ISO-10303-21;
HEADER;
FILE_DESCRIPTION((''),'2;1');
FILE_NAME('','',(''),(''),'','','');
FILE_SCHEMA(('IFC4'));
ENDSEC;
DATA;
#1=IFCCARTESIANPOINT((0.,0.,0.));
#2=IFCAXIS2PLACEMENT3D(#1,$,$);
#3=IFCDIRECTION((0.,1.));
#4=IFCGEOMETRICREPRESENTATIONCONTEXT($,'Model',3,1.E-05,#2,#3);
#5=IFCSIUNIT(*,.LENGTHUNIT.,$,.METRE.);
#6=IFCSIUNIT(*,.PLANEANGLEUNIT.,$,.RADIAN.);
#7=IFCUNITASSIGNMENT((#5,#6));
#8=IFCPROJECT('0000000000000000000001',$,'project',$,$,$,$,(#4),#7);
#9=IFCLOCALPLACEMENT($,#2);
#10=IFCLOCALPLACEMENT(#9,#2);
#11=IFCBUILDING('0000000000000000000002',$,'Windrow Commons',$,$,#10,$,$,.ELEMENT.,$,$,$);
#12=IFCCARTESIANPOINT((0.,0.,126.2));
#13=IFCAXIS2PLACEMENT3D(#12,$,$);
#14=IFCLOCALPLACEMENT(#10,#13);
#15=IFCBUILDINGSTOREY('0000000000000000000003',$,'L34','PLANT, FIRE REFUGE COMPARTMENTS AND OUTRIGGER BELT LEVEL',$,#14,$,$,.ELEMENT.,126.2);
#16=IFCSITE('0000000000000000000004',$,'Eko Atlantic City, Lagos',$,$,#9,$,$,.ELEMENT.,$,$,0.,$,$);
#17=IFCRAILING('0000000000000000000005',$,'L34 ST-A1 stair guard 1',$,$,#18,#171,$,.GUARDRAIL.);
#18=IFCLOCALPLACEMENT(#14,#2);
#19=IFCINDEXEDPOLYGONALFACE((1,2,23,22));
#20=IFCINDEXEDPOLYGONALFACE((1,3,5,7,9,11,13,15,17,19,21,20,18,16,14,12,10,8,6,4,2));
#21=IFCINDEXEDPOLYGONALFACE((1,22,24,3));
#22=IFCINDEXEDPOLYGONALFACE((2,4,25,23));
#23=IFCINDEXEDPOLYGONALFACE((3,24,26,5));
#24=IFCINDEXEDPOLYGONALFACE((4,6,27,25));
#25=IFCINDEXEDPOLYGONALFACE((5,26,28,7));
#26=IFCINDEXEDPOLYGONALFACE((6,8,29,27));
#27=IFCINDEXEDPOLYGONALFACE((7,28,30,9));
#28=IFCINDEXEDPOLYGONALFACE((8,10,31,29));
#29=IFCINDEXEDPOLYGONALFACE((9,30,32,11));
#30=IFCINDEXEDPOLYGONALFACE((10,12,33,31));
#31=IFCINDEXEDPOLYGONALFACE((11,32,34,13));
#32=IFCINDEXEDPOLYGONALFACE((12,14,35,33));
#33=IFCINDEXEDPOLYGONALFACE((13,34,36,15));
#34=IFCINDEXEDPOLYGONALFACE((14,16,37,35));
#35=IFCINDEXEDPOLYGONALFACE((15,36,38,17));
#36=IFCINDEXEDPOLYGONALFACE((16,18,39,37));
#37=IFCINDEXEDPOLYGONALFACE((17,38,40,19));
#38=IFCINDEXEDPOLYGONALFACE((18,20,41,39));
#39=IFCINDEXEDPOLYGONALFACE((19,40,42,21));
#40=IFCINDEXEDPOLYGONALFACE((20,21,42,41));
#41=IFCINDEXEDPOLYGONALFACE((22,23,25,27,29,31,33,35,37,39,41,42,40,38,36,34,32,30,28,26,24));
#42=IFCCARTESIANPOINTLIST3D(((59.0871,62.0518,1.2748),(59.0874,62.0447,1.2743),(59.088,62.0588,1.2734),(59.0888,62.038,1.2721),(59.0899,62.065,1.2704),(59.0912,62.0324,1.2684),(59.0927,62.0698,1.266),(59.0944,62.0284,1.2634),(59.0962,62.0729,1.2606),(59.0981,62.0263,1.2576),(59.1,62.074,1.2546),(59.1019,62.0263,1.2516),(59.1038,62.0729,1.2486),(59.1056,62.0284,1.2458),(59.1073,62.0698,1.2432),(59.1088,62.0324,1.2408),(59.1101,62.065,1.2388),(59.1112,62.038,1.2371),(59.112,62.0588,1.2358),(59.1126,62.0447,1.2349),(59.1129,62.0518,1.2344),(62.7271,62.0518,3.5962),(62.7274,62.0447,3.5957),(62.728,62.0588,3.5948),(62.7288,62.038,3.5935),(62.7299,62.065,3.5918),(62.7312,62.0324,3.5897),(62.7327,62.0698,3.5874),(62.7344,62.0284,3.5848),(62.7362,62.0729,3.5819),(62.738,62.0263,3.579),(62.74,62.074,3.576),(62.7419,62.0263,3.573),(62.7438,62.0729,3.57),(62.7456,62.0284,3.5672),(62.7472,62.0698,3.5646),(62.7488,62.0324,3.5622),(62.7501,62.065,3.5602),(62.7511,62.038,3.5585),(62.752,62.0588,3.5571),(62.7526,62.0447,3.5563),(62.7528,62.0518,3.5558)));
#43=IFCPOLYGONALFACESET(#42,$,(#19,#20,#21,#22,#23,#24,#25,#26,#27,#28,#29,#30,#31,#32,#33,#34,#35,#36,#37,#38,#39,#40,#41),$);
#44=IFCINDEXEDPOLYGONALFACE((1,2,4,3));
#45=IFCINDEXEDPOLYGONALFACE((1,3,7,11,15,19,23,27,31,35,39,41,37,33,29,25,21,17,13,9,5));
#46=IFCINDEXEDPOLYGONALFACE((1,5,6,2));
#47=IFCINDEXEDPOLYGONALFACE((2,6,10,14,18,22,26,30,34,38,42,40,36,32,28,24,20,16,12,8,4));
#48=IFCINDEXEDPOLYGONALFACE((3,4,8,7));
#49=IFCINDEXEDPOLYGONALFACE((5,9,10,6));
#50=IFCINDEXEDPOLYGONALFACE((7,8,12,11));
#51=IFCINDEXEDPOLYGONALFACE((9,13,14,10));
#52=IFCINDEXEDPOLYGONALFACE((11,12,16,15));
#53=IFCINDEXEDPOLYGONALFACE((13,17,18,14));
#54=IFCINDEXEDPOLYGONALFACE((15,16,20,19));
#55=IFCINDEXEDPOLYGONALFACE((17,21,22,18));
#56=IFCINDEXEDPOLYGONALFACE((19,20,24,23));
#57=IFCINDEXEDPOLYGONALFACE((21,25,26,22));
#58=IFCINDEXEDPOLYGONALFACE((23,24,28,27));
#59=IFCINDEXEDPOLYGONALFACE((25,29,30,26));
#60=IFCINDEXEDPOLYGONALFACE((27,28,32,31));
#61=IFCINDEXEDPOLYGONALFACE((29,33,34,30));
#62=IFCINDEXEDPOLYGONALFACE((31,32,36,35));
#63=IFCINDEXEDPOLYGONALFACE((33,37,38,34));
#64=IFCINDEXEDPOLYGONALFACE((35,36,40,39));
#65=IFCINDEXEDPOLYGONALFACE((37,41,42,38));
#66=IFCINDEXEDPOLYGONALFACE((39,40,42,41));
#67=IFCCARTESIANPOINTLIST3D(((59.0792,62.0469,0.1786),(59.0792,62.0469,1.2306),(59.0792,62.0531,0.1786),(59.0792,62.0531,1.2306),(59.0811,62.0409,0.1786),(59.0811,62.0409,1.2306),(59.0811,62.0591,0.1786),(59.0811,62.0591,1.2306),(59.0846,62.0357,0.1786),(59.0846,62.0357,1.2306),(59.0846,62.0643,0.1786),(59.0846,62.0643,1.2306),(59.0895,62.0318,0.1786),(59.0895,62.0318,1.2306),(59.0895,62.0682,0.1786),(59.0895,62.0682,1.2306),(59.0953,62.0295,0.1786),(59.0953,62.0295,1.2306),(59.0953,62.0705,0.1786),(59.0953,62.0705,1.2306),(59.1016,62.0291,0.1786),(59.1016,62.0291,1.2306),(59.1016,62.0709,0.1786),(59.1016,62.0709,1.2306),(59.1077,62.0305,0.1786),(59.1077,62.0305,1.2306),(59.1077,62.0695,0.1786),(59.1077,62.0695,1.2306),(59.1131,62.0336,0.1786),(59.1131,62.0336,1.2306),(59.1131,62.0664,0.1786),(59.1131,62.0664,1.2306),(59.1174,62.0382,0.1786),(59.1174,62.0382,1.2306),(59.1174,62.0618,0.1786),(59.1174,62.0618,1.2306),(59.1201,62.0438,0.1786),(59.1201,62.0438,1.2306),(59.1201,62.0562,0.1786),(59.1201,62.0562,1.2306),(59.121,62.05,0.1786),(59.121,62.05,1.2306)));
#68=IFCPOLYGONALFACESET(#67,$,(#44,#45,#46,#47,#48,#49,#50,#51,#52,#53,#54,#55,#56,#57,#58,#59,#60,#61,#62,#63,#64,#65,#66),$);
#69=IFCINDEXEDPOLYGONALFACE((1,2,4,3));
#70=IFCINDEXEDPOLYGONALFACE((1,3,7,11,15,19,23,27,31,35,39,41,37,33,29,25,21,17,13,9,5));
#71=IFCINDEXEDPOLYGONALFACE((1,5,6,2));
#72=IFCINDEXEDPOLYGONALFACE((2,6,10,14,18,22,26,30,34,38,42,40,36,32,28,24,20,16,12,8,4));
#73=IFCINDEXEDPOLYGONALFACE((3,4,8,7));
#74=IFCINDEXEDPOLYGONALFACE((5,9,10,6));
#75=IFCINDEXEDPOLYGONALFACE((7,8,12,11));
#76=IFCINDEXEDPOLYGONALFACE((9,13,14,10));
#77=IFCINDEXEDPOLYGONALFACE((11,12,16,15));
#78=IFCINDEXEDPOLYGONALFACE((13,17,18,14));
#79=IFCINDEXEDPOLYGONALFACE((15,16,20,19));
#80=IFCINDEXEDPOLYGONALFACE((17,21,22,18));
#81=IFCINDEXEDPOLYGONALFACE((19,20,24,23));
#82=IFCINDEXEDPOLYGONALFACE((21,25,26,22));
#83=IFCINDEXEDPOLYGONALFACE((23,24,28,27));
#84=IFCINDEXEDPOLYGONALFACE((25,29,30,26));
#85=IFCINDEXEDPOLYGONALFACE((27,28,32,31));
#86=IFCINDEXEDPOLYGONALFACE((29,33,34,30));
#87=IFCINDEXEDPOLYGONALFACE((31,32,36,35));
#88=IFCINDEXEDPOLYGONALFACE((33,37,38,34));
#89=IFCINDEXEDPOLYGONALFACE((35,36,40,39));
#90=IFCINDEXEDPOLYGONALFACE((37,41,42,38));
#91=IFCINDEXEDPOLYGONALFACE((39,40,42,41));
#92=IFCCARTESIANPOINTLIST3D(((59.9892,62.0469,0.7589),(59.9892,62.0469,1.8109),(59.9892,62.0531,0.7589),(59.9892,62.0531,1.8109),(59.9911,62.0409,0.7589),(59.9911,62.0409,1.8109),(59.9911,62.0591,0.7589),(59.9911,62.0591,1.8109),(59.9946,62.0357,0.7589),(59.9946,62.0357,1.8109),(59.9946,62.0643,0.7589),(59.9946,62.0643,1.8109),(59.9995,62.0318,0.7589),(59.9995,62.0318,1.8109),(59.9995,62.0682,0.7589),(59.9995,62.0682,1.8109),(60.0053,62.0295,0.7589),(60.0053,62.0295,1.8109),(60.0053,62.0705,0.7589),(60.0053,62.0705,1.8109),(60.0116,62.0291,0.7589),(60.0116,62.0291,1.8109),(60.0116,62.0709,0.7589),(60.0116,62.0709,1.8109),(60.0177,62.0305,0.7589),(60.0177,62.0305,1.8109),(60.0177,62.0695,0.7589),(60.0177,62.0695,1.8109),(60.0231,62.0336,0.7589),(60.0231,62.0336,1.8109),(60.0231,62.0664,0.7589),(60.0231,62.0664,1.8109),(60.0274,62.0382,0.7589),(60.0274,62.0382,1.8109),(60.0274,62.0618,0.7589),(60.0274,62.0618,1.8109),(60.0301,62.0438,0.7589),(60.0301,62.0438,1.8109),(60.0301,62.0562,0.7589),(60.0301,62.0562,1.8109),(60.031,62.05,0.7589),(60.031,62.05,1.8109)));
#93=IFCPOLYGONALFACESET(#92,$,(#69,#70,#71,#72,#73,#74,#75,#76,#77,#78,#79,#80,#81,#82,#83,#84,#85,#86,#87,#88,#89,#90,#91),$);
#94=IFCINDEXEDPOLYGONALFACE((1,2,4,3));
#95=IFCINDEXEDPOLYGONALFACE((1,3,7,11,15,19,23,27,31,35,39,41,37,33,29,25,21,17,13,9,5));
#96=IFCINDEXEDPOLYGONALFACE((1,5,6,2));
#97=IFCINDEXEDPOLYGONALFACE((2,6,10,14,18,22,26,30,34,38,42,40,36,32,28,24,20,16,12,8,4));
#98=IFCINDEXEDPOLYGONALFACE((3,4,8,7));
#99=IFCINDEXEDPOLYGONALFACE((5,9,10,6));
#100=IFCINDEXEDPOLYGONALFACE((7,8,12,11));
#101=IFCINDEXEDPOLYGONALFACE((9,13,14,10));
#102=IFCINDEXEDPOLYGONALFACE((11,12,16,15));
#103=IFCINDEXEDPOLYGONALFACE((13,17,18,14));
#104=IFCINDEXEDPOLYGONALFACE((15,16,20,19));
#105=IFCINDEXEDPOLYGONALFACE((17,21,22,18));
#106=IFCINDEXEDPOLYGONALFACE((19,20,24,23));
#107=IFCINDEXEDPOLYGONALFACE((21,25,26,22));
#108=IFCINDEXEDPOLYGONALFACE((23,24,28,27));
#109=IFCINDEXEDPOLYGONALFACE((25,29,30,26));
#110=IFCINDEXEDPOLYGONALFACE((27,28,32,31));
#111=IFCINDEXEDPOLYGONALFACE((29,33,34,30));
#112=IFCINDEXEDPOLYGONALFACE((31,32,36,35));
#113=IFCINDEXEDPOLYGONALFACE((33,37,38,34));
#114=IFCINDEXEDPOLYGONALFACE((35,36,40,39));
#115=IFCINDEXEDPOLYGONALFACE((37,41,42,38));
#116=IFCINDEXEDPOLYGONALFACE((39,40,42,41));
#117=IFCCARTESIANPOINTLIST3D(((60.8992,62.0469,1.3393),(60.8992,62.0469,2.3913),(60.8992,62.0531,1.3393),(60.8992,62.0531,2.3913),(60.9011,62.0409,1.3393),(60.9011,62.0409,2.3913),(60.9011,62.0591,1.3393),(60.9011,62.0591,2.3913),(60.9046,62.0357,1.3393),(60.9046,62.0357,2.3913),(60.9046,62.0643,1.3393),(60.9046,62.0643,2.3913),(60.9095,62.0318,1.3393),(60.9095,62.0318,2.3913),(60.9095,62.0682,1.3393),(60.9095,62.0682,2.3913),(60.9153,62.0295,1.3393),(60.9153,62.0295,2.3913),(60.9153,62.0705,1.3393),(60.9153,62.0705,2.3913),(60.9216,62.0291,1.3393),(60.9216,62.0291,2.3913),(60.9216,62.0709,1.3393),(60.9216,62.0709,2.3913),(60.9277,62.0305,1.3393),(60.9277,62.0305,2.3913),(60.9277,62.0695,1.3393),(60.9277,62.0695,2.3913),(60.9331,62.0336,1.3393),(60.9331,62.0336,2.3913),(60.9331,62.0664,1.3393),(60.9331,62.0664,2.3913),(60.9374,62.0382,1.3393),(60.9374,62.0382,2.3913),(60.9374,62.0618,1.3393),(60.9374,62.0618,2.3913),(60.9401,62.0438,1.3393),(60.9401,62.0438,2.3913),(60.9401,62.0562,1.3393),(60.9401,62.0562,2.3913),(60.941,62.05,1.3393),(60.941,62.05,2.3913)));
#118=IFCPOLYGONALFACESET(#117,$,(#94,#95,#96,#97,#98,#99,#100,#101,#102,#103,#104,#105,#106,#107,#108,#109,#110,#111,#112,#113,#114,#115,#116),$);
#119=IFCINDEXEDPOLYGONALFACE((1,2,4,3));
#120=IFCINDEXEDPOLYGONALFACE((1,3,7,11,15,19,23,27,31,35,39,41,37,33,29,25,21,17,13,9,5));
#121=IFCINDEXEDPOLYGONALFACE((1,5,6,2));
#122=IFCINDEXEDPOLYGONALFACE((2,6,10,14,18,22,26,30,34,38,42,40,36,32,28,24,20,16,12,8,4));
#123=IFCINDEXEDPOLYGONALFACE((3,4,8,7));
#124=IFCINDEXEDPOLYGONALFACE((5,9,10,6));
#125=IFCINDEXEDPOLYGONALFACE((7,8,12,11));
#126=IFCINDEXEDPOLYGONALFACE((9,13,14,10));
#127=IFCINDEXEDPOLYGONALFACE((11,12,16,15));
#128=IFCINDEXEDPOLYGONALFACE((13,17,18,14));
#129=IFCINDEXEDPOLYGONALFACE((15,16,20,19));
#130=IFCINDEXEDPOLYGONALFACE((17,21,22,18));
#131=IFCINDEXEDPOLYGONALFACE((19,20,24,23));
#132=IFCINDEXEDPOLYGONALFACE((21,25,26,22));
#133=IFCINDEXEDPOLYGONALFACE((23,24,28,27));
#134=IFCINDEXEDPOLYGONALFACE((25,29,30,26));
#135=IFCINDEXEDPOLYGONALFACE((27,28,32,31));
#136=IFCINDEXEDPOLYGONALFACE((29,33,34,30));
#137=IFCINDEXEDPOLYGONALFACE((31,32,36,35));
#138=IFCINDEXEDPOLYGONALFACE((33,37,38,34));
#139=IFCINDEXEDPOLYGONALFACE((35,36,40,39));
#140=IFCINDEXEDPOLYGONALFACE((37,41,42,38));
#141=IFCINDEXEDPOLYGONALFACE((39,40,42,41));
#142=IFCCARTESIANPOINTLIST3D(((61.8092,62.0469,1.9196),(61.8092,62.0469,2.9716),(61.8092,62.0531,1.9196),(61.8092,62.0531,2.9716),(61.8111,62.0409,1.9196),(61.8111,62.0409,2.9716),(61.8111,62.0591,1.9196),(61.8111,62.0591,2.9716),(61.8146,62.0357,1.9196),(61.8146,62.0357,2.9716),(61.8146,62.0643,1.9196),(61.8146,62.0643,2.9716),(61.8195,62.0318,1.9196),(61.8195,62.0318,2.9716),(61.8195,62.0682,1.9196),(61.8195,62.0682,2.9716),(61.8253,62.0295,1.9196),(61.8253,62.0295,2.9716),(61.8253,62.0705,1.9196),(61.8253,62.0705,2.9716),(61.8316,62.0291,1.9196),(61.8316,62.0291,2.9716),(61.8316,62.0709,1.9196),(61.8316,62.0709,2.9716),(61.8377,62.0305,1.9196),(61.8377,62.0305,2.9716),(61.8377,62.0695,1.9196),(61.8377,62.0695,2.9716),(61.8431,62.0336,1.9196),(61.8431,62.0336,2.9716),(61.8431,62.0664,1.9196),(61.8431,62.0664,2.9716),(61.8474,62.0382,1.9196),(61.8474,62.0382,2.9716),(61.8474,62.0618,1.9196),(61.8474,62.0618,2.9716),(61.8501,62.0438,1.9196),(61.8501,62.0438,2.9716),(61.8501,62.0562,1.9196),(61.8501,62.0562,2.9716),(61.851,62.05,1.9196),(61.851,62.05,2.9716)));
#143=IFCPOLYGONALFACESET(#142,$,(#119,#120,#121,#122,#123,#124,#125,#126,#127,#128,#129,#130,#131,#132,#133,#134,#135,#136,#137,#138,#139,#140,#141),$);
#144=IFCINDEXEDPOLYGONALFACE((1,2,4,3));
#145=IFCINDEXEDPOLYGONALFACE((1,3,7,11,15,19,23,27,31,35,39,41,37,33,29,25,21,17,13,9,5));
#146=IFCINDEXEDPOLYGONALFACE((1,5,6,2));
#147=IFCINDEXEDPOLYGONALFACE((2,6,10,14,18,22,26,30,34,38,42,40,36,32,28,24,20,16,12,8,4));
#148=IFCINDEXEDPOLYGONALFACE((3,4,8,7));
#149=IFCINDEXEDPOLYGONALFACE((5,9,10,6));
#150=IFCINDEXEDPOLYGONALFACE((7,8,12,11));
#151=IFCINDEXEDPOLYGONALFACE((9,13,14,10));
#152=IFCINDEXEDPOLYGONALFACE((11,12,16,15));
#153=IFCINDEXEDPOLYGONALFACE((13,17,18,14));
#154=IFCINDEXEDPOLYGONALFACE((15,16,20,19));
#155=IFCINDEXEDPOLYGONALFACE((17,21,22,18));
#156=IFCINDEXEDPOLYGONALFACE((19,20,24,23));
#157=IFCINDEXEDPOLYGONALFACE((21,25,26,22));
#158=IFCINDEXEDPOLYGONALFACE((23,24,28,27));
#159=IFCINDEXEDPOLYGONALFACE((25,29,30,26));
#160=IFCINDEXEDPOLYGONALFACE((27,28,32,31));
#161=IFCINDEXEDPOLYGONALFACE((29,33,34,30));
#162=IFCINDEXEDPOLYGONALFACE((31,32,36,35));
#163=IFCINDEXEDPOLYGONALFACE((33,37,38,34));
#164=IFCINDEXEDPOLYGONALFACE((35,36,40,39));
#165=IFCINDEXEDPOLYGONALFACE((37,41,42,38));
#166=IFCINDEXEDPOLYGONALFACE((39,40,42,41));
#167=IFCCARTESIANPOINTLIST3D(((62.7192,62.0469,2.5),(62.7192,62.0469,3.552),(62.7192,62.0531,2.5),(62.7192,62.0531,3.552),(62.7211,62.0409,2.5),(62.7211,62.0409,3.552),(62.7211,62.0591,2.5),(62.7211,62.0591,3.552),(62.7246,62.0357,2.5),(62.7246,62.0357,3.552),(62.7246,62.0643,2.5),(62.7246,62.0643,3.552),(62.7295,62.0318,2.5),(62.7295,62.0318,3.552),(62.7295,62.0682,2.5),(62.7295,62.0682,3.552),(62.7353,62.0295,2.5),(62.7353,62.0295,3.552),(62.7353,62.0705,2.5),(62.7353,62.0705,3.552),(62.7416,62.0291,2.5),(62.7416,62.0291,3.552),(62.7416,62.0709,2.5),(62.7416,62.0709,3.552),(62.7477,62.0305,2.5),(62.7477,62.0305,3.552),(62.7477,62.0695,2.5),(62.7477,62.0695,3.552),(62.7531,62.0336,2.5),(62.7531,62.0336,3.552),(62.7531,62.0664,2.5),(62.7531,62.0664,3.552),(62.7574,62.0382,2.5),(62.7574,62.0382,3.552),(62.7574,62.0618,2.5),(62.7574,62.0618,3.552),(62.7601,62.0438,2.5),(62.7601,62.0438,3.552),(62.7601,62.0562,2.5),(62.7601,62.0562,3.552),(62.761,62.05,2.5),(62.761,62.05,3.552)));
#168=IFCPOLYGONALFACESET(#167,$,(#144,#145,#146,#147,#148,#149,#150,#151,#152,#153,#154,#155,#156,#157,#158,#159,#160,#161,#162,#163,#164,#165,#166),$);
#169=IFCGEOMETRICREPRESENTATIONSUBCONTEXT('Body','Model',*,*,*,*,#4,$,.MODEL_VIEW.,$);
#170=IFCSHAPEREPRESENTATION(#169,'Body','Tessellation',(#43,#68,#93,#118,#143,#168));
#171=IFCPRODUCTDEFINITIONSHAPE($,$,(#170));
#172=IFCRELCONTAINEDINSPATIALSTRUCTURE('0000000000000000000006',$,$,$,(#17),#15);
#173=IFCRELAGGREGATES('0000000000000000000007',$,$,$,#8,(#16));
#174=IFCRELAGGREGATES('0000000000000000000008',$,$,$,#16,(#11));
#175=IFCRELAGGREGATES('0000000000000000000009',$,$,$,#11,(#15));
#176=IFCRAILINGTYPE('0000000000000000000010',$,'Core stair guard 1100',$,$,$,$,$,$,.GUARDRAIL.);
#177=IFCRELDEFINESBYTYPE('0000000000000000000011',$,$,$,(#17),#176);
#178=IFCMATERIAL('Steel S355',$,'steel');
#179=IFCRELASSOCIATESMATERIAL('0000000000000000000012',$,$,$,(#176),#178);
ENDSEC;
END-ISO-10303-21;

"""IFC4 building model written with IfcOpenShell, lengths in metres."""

from ifc_helpers import new_model, si_unit, direction, frame, origin, origin_2d, place, context, subcontext, project, spatial, circle, extrude, material, type_object, element, save


model = new_model("IFC4")

# Units and contexts
model_context = context("Model", 3, precision=1e-05, world=origin(), true_north=direction((0.0, 1.0)))
body_context = subcontext(model_context, "Body", "Model", "MODEL_VIEW")
ifc_project = project(units=[si_unit("LENGTHUNIT", "METRE"), si_unit("PLANEANGLEUNIT", "RADIAN")], contexts=[model_context])

# Site, building, storey
site_placement = place(None, origin())
site = spatial("IfcSite", under=ifc_project, at=site_placement, Name="Eko Atlantic City, Lagos", CompositionType="ELEMENT", RefElevation=0.0)
building_placement = place(site_placement, origin())
building = spatial("IfcBuilding", under=site, at=building_placement, Name="Windrow Commons", CompositionType="ELEMENT")
storey_placement = place(building_placement, frame((0.0, 0.0, 126.2)))
storey = spatial("IfcBuildingStorey", under=building, at=storey_placement, Name="L34", Description="PLANT, FIRE REFUGE COMPARTMENTS AND OUTRIGGER BELT LEVEL", CompositionType="ELEMENT", Elevation=126.2)

# Railing
ifc_material_1 = material(Name="Steel S355", Category="steel")
railing_type_1 = type_object("IfcRailingType", Name="Core stair guard 1100", PredefinedType="GUARDRAIL", material=ifc_material_1)
railing_1_placement = place(storey_placement, frame((59.1, 62.05, 0.1786)))
element("IfcRailing", 1, at=railing_1_placement, inside=storey, type_object=railing_type_1, Name="L34 ST-A1 stair guard 1", PredefinedType="GUARDRAIL", context=body_context, shape_type="SweptSolid", body=[
    extrude(circle(Radius=0.024, at=origin_2d()), frame((0.0, 0.0, 1.076), z_axis=(0.843133, 0.0, 0.537706), x_axis=(0.0, 1.0, 0.0)), (0.0, 0.0, 1.0), 4.3172),
    extrude(circle(Radius=0.021, at=origin_2d()), origin(), (0.0, 0.0, 1.0), 1.052),
    extrude(circle(Radius=0.021, at=origin_2d()), frame((0.91, 0.0, 0.5803)), (0.0, 0.0, 1.0), 1.052),
    extrude(circle(Radius=0.021, at=origin_2d()), frame((1.82, 0.0, 1.1607)), (0.0, 0.0, 1.0), 1.052),
    extrude(circle(Radius=0.021, at=origin_2d()), frame((2.73, 0.0, 1.741)), (0.0, 0.0, 1.0), 1.052),
    extrude(circle(Radius=0.021, at=origin_2d()), frame((3.64, 0.0, 2.3214)), (0.0, 0.0, 1.0), 1.052),
])

save(model, "model.ifc")
